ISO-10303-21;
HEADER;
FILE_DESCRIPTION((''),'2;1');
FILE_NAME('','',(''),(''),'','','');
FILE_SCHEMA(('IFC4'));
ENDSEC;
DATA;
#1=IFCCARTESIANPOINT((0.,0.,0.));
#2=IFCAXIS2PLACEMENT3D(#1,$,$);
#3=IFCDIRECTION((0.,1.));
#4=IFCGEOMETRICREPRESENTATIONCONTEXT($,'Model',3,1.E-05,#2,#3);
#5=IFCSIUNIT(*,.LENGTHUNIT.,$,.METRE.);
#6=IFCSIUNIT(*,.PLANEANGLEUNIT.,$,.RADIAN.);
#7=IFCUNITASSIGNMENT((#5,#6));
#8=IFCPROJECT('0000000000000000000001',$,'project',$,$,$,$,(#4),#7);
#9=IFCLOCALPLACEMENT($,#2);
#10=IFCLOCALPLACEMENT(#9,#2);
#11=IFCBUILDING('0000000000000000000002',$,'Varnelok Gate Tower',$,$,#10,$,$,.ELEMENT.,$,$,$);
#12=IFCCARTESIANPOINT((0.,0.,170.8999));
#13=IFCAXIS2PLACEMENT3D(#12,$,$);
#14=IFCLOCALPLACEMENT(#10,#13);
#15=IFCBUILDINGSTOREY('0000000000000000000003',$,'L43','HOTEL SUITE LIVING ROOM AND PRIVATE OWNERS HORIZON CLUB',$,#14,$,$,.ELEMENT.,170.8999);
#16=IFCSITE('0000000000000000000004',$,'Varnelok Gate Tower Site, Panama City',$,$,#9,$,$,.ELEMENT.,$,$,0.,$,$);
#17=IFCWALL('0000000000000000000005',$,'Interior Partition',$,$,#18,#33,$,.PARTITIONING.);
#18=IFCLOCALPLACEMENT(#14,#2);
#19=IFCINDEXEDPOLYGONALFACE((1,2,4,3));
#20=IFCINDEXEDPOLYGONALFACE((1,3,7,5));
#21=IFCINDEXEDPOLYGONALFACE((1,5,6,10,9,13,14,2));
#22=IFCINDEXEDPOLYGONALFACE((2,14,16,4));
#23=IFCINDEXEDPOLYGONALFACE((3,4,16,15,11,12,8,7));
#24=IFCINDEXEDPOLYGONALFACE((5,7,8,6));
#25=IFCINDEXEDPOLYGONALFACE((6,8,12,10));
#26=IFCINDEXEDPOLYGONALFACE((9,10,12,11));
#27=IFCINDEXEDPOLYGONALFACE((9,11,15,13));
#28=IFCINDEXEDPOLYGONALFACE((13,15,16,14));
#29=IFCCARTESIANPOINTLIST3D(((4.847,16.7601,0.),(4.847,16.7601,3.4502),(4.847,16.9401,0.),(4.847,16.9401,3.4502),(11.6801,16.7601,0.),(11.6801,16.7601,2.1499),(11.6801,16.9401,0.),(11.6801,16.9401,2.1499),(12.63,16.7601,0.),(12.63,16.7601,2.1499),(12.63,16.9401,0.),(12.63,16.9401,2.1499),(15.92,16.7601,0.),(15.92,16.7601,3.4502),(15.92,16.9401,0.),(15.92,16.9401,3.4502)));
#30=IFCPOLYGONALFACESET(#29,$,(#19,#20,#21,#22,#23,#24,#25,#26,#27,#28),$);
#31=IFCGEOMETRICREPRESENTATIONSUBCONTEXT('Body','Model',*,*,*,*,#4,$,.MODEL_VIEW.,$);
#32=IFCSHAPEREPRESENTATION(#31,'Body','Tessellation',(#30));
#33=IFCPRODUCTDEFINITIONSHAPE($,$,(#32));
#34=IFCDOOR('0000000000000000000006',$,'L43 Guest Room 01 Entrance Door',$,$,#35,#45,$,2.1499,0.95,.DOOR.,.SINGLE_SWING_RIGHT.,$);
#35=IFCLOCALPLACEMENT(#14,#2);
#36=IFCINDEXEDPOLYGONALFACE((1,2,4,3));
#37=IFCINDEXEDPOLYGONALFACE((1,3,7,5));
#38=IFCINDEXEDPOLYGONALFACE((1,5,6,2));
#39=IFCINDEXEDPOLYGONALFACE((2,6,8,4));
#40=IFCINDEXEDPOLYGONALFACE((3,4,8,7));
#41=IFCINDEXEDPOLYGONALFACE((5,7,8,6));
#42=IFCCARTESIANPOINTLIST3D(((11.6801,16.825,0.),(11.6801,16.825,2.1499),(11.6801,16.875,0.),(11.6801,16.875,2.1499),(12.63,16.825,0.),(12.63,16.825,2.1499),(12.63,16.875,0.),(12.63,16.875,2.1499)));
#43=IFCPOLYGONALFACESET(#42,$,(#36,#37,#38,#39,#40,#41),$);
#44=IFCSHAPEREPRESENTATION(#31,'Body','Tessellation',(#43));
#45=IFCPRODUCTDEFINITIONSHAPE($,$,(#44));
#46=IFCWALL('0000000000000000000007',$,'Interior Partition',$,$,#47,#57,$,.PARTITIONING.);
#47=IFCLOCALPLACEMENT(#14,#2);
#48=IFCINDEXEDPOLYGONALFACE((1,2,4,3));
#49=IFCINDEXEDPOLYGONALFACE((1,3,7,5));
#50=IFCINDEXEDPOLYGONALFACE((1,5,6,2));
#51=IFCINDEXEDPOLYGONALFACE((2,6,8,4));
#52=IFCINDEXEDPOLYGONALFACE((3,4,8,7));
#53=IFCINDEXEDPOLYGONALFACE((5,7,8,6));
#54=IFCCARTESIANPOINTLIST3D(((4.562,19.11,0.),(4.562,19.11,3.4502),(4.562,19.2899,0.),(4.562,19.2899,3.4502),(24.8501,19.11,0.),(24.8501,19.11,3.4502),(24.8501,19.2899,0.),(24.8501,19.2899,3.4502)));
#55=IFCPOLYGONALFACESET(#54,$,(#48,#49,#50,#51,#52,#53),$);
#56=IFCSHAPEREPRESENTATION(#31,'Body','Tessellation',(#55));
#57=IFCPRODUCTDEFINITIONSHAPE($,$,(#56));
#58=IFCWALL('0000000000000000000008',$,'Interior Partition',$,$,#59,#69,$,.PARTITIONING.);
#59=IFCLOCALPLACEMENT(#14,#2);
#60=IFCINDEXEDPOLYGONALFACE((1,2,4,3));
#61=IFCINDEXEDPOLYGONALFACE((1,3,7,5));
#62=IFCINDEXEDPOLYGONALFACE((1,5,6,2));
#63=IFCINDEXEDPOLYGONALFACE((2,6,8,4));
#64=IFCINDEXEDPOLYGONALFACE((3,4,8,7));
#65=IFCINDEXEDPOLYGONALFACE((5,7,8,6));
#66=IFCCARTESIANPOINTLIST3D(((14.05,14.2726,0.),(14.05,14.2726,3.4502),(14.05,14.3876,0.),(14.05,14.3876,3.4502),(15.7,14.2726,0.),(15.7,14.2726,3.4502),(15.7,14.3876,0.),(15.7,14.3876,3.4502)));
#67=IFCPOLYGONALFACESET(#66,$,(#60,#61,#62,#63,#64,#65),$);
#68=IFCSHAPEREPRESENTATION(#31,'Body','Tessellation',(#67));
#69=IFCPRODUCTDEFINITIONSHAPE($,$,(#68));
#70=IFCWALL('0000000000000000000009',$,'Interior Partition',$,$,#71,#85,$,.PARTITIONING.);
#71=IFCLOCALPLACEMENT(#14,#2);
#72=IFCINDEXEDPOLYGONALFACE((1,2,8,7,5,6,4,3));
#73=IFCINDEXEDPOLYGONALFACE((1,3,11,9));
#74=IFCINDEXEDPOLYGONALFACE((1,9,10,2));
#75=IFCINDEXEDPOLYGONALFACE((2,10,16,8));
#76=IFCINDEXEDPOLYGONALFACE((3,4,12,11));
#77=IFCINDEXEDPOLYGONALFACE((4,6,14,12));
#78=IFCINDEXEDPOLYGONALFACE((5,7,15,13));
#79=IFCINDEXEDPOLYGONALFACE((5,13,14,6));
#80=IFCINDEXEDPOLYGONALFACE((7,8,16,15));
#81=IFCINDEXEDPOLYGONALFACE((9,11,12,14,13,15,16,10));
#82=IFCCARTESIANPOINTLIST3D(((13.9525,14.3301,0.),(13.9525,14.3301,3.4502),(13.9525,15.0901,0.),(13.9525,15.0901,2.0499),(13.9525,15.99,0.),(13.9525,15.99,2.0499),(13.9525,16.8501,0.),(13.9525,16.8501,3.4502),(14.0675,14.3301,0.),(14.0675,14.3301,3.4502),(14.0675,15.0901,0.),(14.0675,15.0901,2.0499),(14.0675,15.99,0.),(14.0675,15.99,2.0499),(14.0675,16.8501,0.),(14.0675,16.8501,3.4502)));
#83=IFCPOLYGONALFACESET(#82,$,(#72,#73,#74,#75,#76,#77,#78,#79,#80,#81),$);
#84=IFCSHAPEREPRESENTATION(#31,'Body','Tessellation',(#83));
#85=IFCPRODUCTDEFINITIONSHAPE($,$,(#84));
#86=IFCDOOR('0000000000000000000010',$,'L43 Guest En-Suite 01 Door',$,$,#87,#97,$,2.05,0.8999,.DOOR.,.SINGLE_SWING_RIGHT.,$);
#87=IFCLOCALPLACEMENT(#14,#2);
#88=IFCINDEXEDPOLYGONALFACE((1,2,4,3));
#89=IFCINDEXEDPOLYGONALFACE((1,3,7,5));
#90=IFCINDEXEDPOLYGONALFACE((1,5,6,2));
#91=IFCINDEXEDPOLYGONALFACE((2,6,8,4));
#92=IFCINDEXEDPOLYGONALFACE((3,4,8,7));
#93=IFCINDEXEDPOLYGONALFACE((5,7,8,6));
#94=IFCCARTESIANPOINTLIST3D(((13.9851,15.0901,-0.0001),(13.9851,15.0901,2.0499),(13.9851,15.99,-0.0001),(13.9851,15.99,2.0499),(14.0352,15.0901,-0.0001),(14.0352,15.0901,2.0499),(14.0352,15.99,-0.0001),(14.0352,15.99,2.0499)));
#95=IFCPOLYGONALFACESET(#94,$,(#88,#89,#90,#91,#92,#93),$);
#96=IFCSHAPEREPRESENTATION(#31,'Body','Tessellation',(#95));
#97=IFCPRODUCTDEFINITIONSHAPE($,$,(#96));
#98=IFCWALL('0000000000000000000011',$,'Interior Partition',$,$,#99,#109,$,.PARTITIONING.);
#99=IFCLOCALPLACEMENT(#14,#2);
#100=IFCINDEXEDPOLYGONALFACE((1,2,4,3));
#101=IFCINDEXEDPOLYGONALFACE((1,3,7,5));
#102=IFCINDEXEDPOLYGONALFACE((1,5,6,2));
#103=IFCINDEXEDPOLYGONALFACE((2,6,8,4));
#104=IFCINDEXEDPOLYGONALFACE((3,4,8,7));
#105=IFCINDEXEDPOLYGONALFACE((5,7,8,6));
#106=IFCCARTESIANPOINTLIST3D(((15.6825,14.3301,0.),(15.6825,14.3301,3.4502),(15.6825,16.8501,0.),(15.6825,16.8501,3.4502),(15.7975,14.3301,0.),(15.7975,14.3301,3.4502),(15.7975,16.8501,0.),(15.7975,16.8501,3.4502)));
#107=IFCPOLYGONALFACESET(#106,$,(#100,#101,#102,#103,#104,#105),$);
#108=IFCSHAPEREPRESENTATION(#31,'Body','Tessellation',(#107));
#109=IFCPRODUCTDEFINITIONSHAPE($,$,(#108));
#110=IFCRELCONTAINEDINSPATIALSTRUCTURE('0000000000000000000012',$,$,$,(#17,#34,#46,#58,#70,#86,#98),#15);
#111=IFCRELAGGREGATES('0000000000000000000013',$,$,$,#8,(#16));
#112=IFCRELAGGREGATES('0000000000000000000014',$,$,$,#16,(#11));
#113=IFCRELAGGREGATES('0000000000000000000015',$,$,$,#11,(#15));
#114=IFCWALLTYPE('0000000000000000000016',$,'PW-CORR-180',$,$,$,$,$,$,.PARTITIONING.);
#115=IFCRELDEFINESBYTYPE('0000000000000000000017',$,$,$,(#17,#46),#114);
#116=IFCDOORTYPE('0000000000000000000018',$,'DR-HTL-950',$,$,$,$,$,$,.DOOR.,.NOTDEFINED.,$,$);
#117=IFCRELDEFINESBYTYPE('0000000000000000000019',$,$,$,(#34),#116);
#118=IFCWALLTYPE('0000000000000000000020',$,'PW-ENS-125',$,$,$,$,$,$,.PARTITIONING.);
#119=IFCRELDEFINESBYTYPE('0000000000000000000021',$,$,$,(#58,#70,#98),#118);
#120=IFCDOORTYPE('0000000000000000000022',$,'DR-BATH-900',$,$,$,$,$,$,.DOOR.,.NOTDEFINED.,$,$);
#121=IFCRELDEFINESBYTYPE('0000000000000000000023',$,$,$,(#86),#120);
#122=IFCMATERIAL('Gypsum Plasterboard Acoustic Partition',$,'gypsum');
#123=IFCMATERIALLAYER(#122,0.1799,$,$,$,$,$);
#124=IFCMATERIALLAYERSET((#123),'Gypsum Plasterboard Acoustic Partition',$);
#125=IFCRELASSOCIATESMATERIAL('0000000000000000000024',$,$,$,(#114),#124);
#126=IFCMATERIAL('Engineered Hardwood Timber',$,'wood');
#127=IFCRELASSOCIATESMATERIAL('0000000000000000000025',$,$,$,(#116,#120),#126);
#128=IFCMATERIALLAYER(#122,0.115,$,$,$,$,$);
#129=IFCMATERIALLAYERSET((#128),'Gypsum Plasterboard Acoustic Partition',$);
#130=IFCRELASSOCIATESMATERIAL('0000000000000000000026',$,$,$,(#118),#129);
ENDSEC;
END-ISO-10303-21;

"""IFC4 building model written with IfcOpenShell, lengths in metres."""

from ifc_helpers import new_model, si_unit, direction, frame, frame_2d, origin, place, context, subcontext, project, spatial, rectangle, extrude, material, layer, layer_set, type_object, element, fill, save


model = new_model("IFC4")

# Units and contexts
model_context = context("Model", 3, precision=1e-05, world=origin(), true_north=direction((0.0, 1.0)))
body_context = subcontext(model_context, "Body", "Model", "MODEL_VIEW")
ifc_project = project(units=[si_unit("LENGTHUNIT", "METRE"), si_unit("PLANEANGLEUNIT", "RADIAN")], contexts=[model_context])

# Site, building, storey
site_placement = place(None, origin())
site = spatial("IfcSite", under=ifc_project, at=site_placement, Name="Varnelok Gate Tower Site, Panama City", CompositionType="ELEMENT", RefElevation=0.0)
building_placement = place(site_placement, origin())
building = spatial("IfcBuilding", under=site, at=building_placement, Name="Varnelok Gate Tower", CompositionType="ELEMENT")
storey_placement = place(building_placement, frame((0.0, 0.0, 170.8999)))
storey = spatial("IfcBuildingStorey", under=building, at=storey_placement, Name="L43", Description="HOTEL SUITE LIVING ROOM AND PRIVATE OWNERS HORIZON CLUB", CompositionType="ELEMENT", Elevation=170.8999)

# Wall, opening, door
ifc_material_1 = material(Name="Gypsum Plasterboard Acoustic Partition", Category="gypsum")
ifc_layer_1 = layer(ifc_material_1, 0.1799)
ifc_layer_set_1 = layer_set([ifc_layer_1], Name="Gypsum Plasterboard Acoustic Partition")
wall_type_1 = type_object("IfcWallType", Name="PW-CORR-180", PredefinedType="PARTITIONING", material=ifc_layer_set_1)
wall_1_placement = place(storey_placement, frame((4.8469, 16.8501, 0.0), z_axis=(0.0, 0.0, 1.0), x_axis=(1.0, 0.0, 0.0)))
wall_1 = element("IfcWall", 1, at=wall_1_placement, inside=storey, type_object=wall_type_1, Name="Interior Partition", PredefinedType="PARTITIONING", context=body_context, shape_type="SweptSolid", body=[
    extrude(rectangle(XDim=11.073, YDim=0.1799, at=frame_2d((5.5366, 0.0))), origin(), (0.0, 0.0, 1.0), 3.4502),
])
opening_1_placement = place(wall_1_placement, frame((6.833, 0.0, 0.0)))
opening_1 = element("IfcOpeningElement", 2, at=opening_1_placement, cuts=wall_1, PredefinedType="OPENING", context=body_context, shape_type="SweptSolid", body=[
    extrude(rectangle(XDim=0.95, YDim=2.1499, at=frame_2d((0.4751, 1.075))), frame((0.0, 0.0999, 0.0), z_axis=(0.0, -1.0, 0.0), x_axis=(1.0, 0.0, 0.0)), (0.0, 0.0, 1.0), 0.2),
])
ifc_material_2 = material(Name="Engineered Hardwood Timber", Category="wood")
door_type_1 = type_object("IfcDoorType", Name="DR-HTL-950", OperationType="NOTDEFINED", PredefinedType="DOOR", material=ifc_material_2)
door_1_placement = place(opening_1_placement, origin())
door_1 = element("IfcDoor", 3, at=door_1_placement, inside=storey, type_object=door_type_1, Name="L43 Guest Room 01 Entrance Door", OperationType="SINGLE_SWING_RIGHT", OverallHeight=2.1499, OverallWidth=0.95, PredefinedType="DOOR", context=body_context, shape_type="SweptSolid", body=[
    extrude(rectangle(XDim=0.95, YDim=2.1499, at=frame_2d((0.4751, 1.075))), frame((0.0, 0.0249, 0.0), z_axis=(0.0, -1.0, 0.0), x_axis=(1.0, 0.0, 0.0)), (0.0, 0.0, 1.0), 0.05),
])
fill(opening_1, door_1)

# Walls
wall_2_placement = place(storey_placement, frame((4.562, 19.2, 0.0), z_axis=(0.0, 0.0, 1.0), x_axis=(1.0, 0.0, 0.0)))
element("IfcWall", 4, at=wall_2_placement, inside=storey, type_object=wall_type_1, Name="Interior Partition", PredefinedType="PARTITIONING", context=body_context, shape_type="SweptSolid", body=[
    extrude(rectangle(XDim=20.2881, YDim=0.1799, at=frame_2d((10.144, 0.0))), origin(), (0.0, 0.0, 1.0), 3.4502),
])
ifc_layer_2 = layer(ifc_material_1, 0.115)
ifc_layer_set_2 = layer_set([ifc_layer_2], Name="Gypsum Plasterboard Acoustic Partition")
wall_type_2 = type_object("IfcWallType", Name="PW-ENS-125", PredefinedType="PARTITIONING", material=ifc_layer_set_2)
wall_3_placement = place(storey_placement, frame((14.05, 14.3301, 0.0), z_axis=(0.0, 0.0, 1.0), x_axis=(1.0, 0.0, 0.0)))
element("IfcWall", 5, at=wall_3_placement, inside=storey, type_object=wall_type_2, Name="Interior Partition", PredefinedType="PARTITIONING", context=body_context, shape_type="SweptSolid", body=[
    extrude(rectangle(XDim=1.6499, YDim=0.115, at=frame_2d((0.825, 0.0))), origin(), (0.0, 0.0, 1.0), 3.4502),
])

# Wall, opening, door
wall_4_placement = place(storey_placement, frame((14.01, 14.3301, 0.0), z_axis=(0.0, 0.0, 1.0), x_axis=(0.0, 1.0, 0.0)))
wall_4 = element("IfcWall", 6, at=wall_4_placement, inside=storey, type_object=wall_type_2, Name="Interior Partition", PredefinedType="PARTITIONING", context=body_context, shape_type="SweptSolid", body=[
    extrude(rectangle(XDim=2.52, YDim=0.115, at=frame_2d((1.26, 0.0))), origin(), (0.0, 0.0, 1.0), 3.4502),
])
opening_2_placement = place(wall_4_placement, frame((0.76, 0.0, 0.0)))
opening_2 = element("IfcOpeningElement", 7, at=opening_2_placement, cuts=wall_4, PredefinedType="OPENING", context=body_context, shape_type="SweptSolid", body=[
    extrude(rectangle(XDim=0.8999, YDim=2.05, at=frame_2d((0.45, 1.0249))), frame((0.0, 0.0674, 0.0), z_axis=(0.0, -1.0, 0.0), x_axis=(1.0, 0.0, 0.0)), (0.0, 0.0, 1.0), 0.135),
])
door_type_2 = type_object("IfcDoorType", Name="DR-BATH-900", OperationType="NOTDEFINED", PredefinedType="DOOR", material=ifc_material_2)
door_2_placement = place(opening_2_placement, origin())
door_2 = element("IfcDoor", 8, at=door_2_placement, inside=storey, type_object=door_type_2, Name="L43 Guest En-Suite 01 Door", OperationType="SINGLE_SWING_RIGHT", OverallHeight=2.05, OverallWidth=0.8999, PredefinedType="DOOR", context=body_context, shape_type="SweptSolid", body=[
    extrude(rectangle(XDim=0.8999, YDim=2.05, at=frame_2d((0.45, 1.0249))), frame((0.0, 0.0249, 0.0), z_axis=(0.0, -1.0, 0.0), x_axis=(1.0, 0.0, 0.0)), (0.0, 0.0, 1.0), 0.05),
])
fill(opening_2, door_2)

# Wall
wall_5_placement = place(storey_placement, frame((15.74, 14.3301, 0.0), z_axis=(0.0, 0.0, 1.0), x_axis=(0.0, 1.0, 0.0)))
element("IfcWall", 9, at=wall_5_placement, inside=storey, type_object=wall_type_2, Name="Interior Partition", PredefinedType="PARTITIONING", context=body_context, shape_type="SweptSolid", body=[
    extrude(rectangle(XDim=2.52, YDim=0.115, at=frame_2d((1.26, 0.0))), origin(), (0.0, 0.0, 1.0), 3.4502),
])

save(model, "model.ifc")
